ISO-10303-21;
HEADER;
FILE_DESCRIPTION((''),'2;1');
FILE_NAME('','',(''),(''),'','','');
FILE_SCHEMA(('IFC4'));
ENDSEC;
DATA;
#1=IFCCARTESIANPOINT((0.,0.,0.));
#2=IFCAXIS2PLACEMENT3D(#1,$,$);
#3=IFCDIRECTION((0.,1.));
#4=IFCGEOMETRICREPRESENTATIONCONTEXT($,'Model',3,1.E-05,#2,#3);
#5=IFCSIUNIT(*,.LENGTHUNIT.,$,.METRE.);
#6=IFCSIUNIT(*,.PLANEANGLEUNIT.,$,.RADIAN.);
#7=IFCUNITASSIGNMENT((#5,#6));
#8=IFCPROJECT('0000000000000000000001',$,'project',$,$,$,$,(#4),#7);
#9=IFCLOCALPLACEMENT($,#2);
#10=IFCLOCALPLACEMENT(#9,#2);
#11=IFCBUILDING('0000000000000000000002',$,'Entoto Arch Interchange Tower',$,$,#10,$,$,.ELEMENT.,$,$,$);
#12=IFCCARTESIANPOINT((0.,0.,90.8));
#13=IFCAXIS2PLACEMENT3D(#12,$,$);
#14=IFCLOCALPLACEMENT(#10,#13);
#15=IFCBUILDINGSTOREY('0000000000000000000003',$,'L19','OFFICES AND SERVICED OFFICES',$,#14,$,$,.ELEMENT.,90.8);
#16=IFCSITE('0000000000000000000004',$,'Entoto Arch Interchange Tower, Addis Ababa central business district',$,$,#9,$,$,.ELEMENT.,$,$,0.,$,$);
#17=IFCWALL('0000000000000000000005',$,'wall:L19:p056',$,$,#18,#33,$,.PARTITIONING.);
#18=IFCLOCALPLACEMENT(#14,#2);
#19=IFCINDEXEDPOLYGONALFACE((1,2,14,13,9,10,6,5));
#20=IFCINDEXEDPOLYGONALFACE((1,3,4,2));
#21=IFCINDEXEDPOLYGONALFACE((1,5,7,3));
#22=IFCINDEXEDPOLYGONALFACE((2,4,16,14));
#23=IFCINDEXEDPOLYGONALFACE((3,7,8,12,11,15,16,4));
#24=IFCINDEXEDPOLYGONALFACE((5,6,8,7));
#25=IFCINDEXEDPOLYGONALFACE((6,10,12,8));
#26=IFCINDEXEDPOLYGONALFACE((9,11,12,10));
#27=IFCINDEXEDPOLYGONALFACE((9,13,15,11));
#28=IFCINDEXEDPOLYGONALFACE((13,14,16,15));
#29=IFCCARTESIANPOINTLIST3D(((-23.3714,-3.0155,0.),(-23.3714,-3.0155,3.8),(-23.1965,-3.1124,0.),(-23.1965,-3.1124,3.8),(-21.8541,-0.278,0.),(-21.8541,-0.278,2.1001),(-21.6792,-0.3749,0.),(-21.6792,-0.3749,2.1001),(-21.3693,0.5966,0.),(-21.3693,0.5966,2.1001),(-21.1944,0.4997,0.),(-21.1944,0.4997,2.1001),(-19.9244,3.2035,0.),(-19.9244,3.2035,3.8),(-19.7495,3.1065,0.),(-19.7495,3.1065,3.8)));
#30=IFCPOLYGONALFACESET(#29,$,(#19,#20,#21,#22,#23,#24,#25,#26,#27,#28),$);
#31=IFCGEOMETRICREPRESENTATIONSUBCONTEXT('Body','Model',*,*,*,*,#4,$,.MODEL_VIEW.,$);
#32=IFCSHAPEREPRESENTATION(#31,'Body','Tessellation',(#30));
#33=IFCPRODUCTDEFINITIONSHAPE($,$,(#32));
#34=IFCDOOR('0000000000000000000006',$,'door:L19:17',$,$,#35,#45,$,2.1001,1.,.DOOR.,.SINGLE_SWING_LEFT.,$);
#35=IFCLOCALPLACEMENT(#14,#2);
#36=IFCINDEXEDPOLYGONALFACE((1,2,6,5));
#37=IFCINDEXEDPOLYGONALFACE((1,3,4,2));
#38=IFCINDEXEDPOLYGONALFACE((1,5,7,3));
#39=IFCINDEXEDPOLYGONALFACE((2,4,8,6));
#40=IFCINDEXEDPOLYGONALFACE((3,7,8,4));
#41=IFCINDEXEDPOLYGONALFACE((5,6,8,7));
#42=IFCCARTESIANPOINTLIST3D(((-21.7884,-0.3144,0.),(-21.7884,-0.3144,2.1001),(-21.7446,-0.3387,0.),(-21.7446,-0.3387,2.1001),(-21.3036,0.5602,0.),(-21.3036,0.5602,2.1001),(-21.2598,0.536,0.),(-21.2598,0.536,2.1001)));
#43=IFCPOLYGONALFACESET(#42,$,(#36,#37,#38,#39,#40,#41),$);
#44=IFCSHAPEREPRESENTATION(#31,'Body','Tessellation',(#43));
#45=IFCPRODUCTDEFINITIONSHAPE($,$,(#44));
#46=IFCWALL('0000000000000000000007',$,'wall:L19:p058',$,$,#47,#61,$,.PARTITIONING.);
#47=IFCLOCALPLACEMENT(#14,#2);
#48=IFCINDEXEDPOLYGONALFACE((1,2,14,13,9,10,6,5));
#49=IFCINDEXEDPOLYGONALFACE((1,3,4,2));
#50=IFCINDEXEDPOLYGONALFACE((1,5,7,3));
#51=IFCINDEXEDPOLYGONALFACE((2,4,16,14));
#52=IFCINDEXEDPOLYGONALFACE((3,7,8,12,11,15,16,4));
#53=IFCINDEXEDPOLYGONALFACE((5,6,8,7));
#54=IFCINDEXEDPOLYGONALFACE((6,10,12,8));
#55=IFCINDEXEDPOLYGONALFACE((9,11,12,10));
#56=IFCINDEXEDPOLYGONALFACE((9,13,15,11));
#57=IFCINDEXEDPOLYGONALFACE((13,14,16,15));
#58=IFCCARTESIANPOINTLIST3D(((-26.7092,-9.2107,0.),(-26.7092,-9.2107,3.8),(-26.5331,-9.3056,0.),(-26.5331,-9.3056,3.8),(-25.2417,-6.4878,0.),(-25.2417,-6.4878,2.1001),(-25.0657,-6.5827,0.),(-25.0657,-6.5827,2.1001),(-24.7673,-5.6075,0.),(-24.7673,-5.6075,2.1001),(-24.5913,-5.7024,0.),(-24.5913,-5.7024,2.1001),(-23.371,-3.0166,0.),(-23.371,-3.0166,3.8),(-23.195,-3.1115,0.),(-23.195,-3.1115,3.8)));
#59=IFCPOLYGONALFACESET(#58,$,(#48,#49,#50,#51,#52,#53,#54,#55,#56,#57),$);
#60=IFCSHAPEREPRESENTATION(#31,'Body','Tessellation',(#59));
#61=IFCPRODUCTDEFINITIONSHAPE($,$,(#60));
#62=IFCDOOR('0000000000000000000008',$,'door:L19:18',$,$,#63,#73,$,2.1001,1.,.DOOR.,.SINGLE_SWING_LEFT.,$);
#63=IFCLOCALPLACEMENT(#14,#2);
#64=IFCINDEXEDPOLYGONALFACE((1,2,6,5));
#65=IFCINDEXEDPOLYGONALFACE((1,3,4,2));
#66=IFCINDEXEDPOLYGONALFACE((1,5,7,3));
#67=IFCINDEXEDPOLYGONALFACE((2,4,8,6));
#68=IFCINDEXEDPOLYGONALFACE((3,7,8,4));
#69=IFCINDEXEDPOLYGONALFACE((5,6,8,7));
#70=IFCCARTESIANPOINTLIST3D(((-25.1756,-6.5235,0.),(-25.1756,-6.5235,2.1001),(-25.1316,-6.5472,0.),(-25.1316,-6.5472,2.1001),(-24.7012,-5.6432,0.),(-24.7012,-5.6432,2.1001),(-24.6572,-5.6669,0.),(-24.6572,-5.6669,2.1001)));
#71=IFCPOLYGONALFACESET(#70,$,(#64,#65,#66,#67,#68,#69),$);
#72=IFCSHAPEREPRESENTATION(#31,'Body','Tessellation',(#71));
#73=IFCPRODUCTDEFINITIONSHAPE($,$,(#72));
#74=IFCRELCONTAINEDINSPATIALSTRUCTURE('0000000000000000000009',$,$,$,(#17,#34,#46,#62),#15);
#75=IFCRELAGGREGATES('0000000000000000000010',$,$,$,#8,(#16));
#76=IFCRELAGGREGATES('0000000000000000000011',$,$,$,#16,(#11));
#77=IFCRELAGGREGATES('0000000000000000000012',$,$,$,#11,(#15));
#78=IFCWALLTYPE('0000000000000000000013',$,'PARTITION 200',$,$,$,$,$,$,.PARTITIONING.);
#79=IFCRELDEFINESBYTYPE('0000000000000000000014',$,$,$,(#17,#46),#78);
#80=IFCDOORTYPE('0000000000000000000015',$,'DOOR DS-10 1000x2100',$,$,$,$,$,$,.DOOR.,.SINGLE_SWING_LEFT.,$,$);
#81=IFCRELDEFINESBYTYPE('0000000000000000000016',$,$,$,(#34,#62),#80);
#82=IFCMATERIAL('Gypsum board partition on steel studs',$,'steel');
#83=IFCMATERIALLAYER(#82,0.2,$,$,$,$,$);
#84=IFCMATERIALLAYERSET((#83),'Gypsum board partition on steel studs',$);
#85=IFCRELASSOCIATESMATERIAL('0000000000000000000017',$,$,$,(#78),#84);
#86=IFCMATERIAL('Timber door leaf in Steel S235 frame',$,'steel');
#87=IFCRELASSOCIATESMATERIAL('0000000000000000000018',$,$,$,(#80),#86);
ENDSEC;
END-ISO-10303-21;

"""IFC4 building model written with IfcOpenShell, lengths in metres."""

from ifc_helpers import new_model, si_unit, direction, frame, frame_2d, origin, place, context, subcontext, project, spatial, rectangle, extrude, material, layer, layer_set, type_object, element, fill, save


model = new_model("IFC4")

# Units and contexts
model_context = context("Model", 3, precision=1e-05, world=origin(), true_north=direction((0.0, 1.0)))
body_context = subcontext(model_context, "Body", "Model", "MODEL_VIEW")
ifc_project = project(units=[si_unit("LENGTHUNIT", "METRE"), si_unit("PLANEANGLEUNIT", "RADIAN")], contexts=[model_context])

# Site, building, storey
site_placement = place(None, origin())
site = spatial("IfcSite", under=ifc_project, at=site_placement, Name="Entoto Arch Interchange Tower, Addis Ababa central business district", CompositionType="ELEMENT", RefElevation=0.0)
building_placement = place(site_placement, origin())
building = spatial("IfcBuilding", under=site, at=building_placement, Name="Entoto Arch Interchange Tower", CompositionType="ELEMENT")
storey_placement = place(building_placement, frame((0.0, 0.0, 90.8)))
storey = spatial("IfcBuildingStorey", under=building, at=storey_placement, Name="L19", Description="OFFICES AND SERVICED OFFICES", CompositionType="ELEMENT", Elevation=90.8)

# Shared definitions
ifc_material_1 = material(Name="Gypsum board partition on steel studs", Category="steel")
ifc_layer_1 = layer(ifc_material_1, 0.2)
ifc_layer_set_1 = layer_set([ifc_layer_1], Name="Gypsum board partition on steel studs")
wall_type_1 = type_object("IfcWallType", Name="PARTITION 200", PredefinedType="PARTITIONING", material=ifc_layer_set_1)

# Shared definitions
ifc_material_2 = material(Name="Timber door leaf in Steel S235 frame", Category="steel")
door_type = type_object("IfcDoorType", Name="DOOR DS-10 1000x2100", OperationType="SINGLE_SWING_LEFT", PredefinedType="DOOR", material=ifc_material_2)

# Walls, openings, doors
wall_1_placement = place(storey_placement, frame((-23.2839, -3.064, 0.0), z_axis=(0.0, 0.0, 1.0), x_axis=(0.484786, 0.874633, 0.0)))
wall_1 = element("IfcWall", 1, at=wall_1_placement, inside=storey, type_object=wall_type_1, Name="wall:L19:p056", PredefinedType="PARTITIONING", context=body_context, shape_type="SweptSolid", body=[
    extrude(rectangle(XDim=7.1104, YDim=0.2, at=frame_2d((3.5552, 0.0))), origin(), (0.0, 0.0, 1.0), 3.8),
])
opening_1_placement = place(wall_1_placement, frame((3.1299, 0.0, 0.0)))
opening_1 = element("IfcOpeningElement", 2, at=opening_1_placement, cuts=wall_1, PredefinedType="OPENING", context=body_context, shape_type="SweptSolid", body=[
    extrude(rectangle(XDim=1.0, YDim=2.1001, at=frame_2d((0.5, 1.05))), frame((0.0, 0.1099, 0.0), z_axis=(0.0, -1.0, 0.0), x_axis=(1.0, 0.0, 0.0)), (0.0, 0.0, 1.0), 0.22),
])
door_1_placement = place(opening_1_placement, origin())
door_1 = element("IfcDoor", 3, at=door_1_placement, inside=storey, type_object=door_type, Name="door:L19:17", OperationType="SINGLE_SWING_LEFT", OverallHeight=2.1001, OverallWidth=1.0, PredefinedType="DOOR", context=body_context, shape_type="SweptSolid", body=[
    extrude(rectangle(XDim=1.0, YDim=2.1001, at=frame_2d((0.5, 1.05))), frame((0.0, 0.0249, 0.0), z_axis=(0.0, -1.0, 0.0), x_axis=(1.0, 0.0, 0.0)), (0.0, 0.0, 1.0), 0.05),
])
fill(opening_1, door_1)
wall_2_placement = place(storey_placement, frame((-26.6211, -9.2581, 0.0), z_axis=(0.0, 0.0, 1.0), x_axis=(0.474414, 0.880302, 0.0)))
wall_2 = element("IfcWall", 4, at=wall_2_placement, inside=storey, type_object=wall_type_1, Name="wall:L19:p058", PredefinedType="PARTITIONING", context=body_context, shape_type="SweptSolid", body=[
    extrude(rectangle(XDim=7.0364, YDim=0.2, at=frame_2d((3.5181, 0.0))), origin(), (0.0, 0.0, 1.0), 3.8),
])
opening_2_placement = place(wall_2_placement, frame((3.093, 0.0, 0.0)))
opening_2 = element("IfcOpeningElement", 5, at=opening_2_placement, cuts=wall_2, PredefinedType="OPENING", context=body_context, shape_type="SweptSolid", body=[
    extrude(rectangle(XDim=1.0, YDim=2.1001, at=frame_2d((0.5, 1.05))), frame((0.0, 0.1099, 0.0), z_axis=(0.0, -1.0, 0.0), x_axis=(1.0, 0.0, 0.0)), (0.0, 0.0, 1.0), 0.22),
])
door_2_placement = place(opening_2_placement, origin())
door_2 = element("IfcDoor", 6, at=door_2_placement, inside=storey, type_object=door_type, Name="door:L19:18", OperationType="SINGLE_SWING_LEFT", OverallHeight=2.1001, OverallWidth=1.0, PredefinedType="DOOR", context=body_context, shape_type="SweptSolid", body=[
    extrude(rectangle(XDim=1.0, YDim=2.1001, at=frame_2d((0.5, 1.05))), frame((0.0, 0.0249, 0.0), z_axis=(0.0, -1.0, 0.0), x_axis=(1.0, 0.0, 0.0)), (0.0, 0.0, 1.0), 0.05),
])
fill(opening_2, door_2)

save(model, "model.ifc")
